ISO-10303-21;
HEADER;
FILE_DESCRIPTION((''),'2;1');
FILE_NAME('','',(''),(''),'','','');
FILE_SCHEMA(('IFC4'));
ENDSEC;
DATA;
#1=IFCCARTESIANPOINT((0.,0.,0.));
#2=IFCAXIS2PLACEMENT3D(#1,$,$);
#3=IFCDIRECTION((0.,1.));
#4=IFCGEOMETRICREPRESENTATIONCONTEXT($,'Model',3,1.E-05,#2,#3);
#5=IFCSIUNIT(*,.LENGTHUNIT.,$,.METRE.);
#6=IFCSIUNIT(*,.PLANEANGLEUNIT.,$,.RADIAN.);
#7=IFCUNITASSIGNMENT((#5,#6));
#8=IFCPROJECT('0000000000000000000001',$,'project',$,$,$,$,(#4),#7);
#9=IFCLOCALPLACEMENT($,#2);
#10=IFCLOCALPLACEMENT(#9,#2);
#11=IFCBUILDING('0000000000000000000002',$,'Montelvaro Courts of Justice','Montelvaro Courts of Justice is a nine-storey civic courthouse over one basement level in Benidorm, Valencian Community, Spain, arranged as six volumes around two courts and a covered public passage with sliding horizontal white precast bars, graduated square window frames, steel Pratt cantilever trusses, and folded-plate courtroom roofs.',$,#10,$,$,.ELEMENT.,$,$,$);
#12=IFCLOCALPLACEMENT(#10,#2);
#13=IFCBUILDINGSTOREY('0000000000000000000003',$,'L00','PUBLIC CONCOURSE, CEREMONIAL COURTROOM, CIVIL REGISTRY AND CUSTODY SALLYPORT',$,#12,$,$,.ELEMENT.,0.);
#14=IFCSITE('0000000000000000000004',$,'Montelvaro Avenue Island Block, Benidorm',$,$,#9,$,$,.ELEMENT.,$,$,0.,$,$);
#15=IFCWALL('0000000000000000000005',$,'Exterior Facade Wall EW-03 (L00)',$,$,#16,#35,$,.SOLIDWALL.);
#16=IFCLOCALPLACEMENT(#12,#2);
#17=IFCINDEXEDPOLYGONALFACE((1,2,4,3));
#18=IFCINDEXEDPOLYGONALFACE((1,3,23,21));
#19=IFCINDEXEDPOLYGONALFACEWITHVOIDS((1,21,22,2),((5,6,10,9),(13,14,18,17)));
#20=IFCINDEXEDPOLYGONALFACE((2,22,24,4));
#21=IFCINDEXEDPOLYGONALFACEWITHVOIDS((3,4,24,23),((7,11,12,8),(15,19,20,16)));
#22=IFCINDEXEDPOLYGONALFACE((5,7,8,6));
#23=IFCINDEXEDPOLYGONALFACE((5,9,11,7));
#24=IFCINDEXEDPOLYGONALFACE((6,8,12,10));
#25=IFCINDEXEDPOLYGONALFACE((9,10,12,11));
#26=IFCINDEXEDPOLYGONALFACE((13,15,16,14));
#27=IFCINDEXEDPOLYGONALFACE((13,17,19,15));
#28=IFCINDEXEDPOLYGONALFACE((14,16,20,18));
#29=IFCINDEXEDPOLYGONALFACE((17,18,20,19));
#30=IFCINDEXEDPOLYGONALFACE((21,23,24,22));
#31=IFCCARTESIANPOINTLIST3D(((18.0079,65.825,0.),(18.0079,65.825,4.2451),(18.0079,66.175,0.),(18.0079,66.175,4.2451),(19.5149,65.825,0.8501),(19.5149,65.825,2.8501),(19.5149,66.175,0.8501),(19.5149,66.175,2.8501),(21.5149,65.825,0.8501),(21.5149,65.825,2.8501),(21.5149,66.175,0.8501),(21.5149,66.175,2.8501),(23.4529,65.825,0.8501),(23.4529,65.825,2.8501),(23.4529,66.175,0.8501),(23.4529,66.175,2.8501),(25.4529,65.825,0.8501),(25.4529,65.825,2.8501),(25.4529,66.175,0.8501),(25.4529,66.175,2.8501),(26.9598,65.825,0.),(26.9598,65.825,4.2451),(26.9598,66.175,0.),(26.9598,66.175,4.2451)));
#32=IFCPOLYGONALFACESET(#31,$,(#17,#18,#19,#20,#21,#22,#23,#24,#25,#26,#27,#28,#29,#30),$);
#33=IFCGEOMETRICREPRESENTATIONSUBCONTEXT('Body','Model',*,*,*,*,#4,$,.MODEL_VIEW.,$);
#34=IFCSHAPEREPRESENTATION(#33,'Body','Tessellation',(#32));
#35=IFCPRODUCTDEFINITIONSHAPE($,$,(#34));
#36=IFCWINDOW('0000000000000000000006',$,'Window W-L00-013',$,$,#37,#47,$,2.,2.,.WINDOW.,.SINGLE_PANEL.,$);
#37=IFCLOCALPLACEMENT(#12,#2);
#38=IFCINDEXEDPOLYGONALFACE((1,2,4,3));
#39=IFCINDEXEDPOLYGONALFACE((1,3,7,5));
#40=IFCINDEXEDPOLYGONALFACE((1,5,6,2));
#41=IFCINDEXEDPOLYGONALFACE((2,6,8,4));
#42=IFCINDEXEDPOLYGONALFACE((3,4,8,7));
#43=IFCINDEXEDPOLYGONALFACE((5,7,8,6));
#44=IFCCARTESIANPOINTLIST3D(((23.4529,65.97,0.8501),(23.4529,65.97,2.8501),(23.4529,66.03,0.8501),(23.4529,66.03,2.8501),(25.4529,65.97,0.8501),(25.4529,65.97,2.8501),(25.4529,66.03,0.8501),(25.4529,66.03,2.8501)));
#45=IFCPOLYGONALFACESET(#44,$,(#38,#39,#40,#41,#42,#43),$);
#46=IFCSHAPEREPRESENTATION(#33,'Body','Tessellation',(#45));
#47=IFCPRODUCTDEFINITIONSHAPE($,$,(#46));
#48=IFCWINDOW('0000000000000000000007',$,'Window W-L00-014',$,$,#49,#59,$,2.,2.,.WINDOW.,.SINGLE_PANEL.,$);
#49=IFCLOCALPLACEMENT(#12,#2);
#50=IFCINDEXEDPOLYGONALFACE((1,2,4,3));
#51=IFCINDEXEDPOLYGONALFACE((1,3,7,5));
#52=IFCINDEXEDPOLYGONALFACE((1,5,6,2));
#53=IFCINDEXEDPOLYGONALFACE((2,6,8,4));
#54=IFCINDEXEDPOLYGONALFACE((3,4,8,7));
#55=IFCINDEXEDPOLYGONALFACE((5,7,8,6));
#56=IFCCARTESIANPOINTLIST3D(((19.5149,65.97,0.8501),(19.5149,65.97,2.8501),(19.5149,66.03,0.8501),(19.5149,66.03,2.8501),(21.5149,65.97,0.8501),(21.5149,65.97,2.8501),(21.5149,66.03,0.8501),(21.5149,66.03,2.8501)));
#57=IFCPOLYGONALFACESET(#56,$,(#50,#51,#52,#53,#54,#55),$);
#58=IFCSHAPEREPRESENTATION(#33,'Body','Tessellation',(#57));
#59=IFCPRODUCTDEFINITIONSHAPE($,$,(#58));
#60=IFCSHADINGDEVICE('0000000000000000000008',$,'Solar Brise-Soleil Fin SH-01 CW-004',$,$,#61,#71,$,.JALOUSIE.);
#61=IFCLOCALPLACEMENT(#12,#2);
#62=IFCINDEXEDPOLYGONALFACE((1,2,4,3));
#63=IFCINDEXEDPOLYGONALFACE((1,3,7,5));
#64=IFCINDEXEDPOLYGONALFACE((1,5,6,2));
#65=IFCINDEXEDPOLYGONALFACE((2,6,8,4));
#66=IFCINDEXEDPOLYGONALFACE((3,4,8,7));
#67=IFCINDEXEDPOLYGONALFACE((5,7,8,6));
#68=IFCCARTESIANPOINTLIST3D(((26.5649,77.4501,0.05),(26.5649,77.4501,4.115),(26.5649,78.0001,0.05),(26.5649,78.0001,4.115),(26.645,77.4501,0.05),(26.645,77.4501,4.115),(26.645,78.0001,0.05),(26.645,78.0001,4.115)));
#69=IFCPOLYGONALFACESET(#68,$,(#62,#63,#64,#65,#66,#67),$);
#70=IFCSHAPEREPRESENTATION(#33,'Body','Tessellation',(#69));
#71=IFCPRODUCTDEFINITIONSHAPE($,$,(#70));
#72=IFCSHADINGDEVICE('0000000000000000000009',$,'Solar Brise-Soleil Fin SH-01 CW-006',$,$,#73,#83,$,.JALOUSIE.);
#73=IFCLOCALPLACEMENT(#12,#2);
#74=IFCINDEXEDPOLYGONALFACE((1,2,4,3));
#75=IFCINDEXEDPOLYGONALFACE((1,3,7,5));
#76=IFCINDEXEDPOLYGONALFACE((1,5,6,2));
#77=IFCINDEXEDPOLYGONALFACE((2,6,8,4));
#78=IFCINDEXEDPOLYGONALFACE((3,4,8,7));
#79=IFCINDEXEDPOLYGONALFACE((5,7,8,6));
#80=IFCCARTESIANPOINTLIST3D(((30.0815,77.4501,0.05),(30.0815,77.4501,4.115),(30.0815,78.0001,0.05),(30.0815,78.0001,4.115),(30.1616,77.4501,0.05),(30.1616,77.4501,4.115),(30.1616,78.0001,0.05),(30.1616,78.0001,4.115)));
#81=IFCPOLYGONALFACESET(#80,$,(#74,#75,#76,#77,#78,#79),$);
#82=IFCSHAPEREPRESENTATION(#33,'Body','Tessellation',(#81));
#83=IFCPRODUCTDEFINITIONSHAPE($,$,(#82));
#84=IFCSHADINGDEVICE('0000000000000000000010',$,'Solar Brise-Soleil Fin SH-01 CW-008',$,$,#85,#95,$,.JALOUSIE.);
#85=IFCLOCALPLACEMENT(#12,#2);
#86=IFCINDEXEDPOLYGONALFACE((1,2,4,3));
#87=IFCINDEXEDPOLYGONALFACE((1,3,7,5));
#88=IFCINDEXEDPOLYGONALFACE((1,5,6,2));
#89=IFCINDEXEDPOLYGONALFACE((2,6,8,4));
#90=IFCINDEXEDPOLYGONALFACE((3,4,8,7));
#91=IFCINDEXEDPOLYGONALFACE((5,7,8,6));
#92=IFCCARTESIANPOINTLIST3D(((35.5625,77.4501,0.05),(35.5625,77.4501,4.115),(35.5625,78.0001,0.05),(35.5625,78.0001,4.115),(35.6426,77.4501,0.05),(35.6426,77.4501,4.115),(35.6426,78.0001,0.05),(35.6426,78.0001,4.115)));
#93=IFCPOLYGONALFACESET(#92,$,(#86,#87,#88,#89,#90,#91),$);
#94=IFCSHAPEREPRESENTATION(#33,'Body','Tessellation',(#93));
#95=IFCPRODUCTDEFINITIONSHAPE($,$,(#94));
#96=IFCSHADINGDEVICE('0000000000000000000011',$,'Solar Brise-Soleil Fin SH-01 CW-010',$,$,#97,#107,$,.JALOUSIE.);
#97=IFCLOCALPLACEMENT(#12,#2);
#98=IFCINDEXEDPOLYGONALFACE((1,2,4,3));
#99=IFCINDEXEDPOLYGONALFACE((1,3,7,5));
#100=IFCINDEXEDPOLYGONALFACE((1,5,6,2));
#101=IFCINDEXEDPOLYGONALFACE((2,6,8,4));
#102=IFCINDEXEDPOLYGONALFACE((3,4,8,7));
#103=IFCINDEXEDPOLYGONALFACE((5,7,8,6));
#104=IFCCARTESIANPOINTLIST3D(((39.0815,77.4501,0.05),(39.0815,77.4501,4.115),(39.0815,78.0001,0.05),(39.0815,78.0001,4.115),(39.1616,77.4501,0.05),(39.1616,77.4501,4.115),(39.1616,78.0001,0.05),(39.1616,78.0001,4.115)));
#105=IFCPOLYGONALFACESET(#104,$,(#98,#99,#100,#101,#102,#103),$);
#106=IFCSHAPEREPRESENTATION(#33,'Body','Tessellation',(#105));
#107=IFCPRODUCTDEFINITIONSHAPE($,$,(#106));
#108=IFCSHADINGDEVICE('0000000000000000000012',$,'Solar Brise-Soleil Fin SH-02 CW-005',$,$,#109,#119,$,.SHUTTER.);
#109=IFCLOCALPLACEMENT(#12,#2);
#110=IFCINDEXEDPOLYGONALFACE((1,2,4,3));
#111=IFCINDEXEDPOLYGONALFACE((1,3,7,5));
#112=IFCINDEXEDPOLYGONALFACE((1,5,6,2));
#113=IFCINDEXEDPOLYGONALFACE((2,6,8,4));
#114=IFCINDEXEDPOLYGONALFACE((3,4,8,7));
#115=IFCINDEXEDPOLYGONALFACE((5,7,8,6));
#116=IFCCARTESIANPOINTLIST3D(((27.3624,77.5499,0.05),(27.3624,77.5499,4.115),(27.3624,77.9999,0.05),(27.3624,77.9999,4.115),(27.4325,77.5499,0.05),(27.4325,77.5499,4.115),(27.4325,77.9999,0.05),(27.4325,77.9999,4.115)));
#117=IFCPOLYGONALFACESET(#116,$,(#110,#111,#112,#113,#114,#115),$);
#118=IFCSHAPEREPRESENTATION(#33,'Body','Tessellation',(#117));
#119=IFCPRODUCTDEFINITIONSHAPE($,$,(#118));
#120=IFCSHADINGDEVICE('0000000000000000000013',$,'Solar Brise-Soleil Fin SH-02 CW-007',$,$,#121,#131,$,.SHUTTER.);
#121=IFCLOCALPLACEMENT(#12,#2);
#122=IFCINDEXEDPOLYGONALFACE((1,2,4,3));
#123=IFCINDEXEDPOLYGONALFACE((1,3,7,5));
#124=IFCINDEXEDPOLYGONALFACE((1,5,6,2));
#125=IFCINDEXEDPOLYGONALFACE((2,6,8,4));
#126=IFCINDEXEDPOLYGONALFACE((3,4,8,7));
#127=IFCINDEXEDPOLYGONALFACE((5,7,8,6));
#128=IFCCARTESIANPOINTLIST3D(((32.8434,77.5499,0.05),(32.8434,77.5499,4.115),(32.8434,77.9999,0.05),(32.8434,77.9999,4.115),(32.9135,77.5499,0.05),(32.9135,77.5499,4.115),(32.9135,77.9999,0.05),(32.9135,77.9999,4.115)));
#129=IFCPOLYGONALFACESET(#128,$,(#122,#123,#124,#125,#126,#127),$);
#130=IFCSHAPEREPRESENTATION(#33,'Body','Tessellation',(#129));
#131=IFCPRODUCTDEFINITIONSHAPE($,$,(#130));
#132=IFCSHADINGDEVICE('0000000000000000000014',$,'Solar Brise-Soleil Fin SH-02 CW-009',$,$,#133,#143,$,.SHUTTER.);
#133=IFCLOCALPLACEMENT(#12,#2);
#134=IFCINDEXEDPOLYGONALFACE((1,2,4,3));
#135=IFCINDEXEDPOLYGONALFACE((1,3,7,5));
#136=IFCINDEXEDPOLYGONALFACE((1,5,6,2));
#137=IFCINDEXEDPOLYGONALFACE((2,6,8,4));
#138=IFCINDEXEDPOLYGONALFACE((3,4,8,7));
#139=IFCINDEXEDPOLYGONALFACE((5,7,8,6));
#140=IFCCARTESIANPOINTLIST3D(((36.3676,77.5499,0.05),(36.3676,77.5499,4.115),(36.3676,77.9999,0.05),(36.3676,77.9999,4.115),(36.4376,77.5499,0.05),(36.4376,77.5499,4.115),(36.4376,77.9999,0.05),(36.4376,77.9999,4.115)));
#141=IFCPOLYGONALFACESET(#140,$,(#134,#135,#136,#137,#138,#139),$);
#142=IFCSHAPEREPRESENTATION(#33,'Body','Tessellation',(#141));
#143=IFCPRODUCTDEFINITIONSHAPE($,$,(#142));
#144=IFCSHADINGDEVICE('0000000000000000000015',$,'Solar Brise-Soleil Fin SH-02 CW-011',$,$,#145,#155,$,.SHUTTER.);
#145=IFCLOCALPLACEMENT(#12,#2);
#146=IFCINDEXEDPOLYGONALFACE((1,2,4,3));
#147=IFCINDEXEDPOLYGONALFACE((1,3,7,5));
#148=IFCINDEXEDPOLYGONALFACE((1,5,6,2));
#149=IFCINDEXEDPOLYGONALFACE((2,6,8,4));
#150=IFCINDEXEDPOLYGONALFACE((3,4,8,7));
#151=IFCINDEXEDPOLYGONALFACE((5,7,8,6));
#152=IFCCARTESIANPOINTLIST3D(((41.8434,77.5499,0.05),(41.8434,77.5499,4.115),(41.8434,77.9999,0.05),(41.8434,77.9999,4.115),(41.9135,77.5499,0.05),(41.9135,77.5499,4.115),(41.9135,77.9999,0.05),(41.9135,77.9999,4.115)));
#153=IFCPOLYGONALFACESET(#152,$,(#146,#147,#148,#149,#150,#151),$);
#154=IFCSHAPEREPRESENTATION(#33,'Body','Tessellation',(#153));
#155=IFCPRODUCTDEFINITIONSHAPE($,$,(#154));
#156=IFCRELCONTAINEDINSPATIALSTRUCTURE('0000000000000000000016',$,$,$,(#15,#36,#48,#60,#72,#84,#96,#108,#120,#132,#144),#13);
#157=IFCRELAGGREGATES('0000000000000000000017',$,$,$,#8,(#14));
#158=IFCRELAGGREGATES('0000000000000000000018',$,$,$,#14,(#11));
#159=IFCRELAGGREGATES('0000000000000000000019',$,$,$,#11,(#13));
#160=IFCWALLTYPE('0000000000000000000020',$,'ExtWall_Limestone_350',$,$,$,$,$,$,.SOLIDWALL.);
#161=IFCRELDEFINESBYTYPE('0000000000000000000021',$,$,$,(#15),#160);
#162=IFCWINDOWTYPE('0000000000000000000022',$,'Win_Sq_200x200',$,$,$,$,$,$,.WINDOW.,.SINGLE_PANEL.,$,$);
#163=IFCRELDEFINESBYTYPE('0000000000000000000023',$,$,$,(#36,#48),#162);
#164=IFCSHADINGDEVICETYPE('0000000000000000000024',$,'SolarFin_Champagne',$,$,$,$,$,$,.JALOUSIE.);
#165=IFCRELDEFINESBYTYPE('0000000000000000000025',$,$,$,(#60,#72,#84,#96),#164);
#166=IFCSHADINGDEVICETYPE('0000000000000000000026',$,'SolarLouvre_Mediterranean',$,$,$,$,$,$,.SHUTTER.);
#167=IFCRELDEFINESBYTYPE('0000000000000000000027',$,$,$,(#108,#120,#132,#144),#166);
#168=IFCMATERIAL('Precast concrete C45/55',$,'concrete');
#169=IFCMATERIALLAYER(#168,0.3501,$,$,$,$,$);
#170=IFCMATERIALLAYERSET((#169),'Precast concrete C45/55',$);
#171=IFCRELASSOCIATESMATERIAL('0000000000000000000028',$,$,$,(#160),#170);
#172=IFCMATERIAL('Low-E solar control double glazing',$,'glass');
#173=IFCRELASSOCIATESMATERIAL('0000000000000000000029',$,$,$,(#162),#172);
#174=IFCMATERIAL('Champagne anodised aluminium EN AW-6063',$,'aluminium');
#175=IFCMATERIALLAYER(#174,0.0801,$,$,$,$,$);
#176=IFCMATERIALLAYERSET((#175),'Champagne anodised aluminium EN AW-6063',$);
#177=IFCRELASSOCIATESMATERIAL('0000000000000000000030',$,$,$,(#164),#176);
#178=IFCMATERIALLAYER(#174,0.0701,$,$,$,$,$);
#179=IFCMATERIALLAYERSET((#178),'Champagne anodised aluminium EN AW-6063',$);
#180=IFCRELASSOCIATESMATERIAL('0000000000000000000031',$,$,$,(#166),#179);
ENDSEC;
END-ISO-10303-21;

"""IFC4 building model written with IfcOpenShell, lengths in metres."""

from ifc_helpers import new_model, si_unit, direction, frame, frame_2d, origin, origin_2d, place, context, subcontext, project, spatial, rectangle, extrude, material, layer, layer_set, type_object, element, fill, save


model = new_model("IFC4")

# Units and contexts
model_context = context("Model", 3, precision=1e-05, world=origin(), true_north=direction((0.0, 1.0)))
body_context = subcontext(model_context, "Body", "Model", "MODEL_VIEW")
ifc_project = project(units=[si_unit("LENGTHUNIT", "METRE"), si_unit("PLANEANGLEUNIT", "RADIAN")], contexts=[model_context])

# Site, building, storey
site_placement = place(None, origin())
site = spatial("IfcSite", under=ifc_project, at=site_placement, Name="Montelvaro Avenue Island Block, Benidorm", CompositionType="ELEMENT", RefElevation=0.0)
building_placement = place(site_placement, origin())
building = spatial("IfcBuilding", under=site, at=building_placement, Name="Montelvaro Courts of Justice", Description="Montelvaro Courts of Justice is a nine-storey civic courthouse over one basement level in Benidorm, Valencian Community, Spain, arranged as six volumes around two courts and a covered public passage with sliding horizontal white precast bars, graduated square window frames, steel Pratt cantilever trusses, and folded-plate courtroom roofs.", CompositionType="ELEMENT")
storey_placement = place(building_placement, origin())
storey = spatial("IfcBuildingStorey", under=building, at=storey_placement, Name="L00", Description="PUBLIC CONCOURSE, CEREMONIAL COURTROOM, CIVIL REGISTRY AND CUSTODY SALLYPORT", CompositionType="ELEMENT", Elevation=0.0)

# Shared definitions
ifc_material_1 = material(Name="Low-E solar control double glazing", Category="glass")

# Wall, openings, windows
ifc_material_2 = material(Name="Precast concrete C45/55", Category="concrete")
ifc_layer_1 = layer(ifc_material_2, 0.3501)
ifc_layer_set_1 = layer_set([ifc_layer_1], Name="Precast concrete C45/55")
wall_type_1 = type_object("IfcWallType", Name="ExtWall_Limestone_350", PredefinedType="SOLIDWALL", material=ifc_layer_set_1)
wall_1_placement = place(storey_placement, frame((26.96, 66.0, 0.0), z_axis=(0.0, 0.0, 1.0), x_axis=(-1.0, 0.0, 0.0)))
wall_1 = element("IfcWall", 1, at=wall_1_placement, inside=storey, type_object=wall_type_1, Name="Exterior Facade Wall EW-03 (L00)", PredefinedType="SOLIDWALL", context=body_context, shape_type="SweptSolid", body=[
    extrude(rectangle(XDim=8.9519, YDim=0.3501, at=frame_2d((4.4761, 0.0))), origin(), (0.0, 0.0, 1.0), 4.2451),
])
opening_1_placement = place(wall_1_placement, frame((1.5071, 0.0, 0.8501)))
opening_1 = element("IfcOpeningElement", 2, at=opening_1_placement, cuts=wall_1, PredefinedType="OPENING", context=body_context, shape_type="SweptSolid", body=[
    extrude(rectangle(XDim=2.0, YDim=2.0, at=frame_2d((1.0, 1.0))), frame((0.0, 0.1899, 0.0), z_axis=(0.0, -1.0, 0.0), x_axis=(1.0, 0.0, 0.0)), (0.0, 0.0, 1.0), 0.3799),
])
opening_2_placement = place(wall_1_placement, frame((5.4451, 0.0, 0.8501)))
opening_2 = element("IfcOpeningElement", 3, at=opening_2_placement, cuts=wall_1, PredefinedType="OPENING", context=body_context, shape_type="SweptSolid", body=[
    extrude(rectangle(XDim=2.0, YDim=2.0, at=frame_2d((1.0, 1.0))), frame((0.0, 0.1899, 0.0), z_axis=(0.0, -1.0, 0.0), x_axis=(1.0, 0.0, 0.0)), (0.0, 0.0, 1.0), 0.3799),
])
window_type = type_object("IfcWindowType", Name="Win_Sq_200x200", PartitioningType="SINGLE_PANEL", PredefinedType="WINDOW", material=ifc_material_1)
window_1_placement = place(opening_1_placement, origin())
window_1 = element("IfcWindow", 4, at=window_1_placement, inside=storey, type_object=window_type, Name="Window W-L00-013", OverallHeight=2.0, OverallWidth=2.0, PartitioningType="SINGLE_PANEL", PredefinedType="WINDOW", context=body_context, shape_type="SweptSolid", body=[
    extrude(rectangle(XDim=2.0, YDim=2.0, at=frame_2d((1.0, 1.0))), frame((0.0, 0.03, 0.0), z_axis=(0.0, -1.0, 0.0), x_axis=(1.0, 0.0, 0.0)), (0.0, 0.0, 1.0), 0.0601),
])
fill(opening_1, window_1)
window_2_placement = place(opening_2_placement, origin())
window_2 = element("IfcWindow", 5, at=window_2_placement, inside=storey, type_object=window_type, Name="Window W-L00-014", OverallHeight=2.0, OverallWidth=2.0, PartitioningType="SINGLE_PANEL", PredefinedType="WINDOW", context=body_context, shape_type="SweptSolid", body=[
    extrude(rectangle(XDim=2.0, YDim=2.0, at=frame_2d((1.0, 1.0))), frame((0.0, 0.03, 0.0), z_axis=(0.0, -1.0, 0.0), x_axis=(1.0, 0.0, 0.0)), (0.0, 0.0, 1.0), 0.0601),
])
fill(opening_2, window_2)

# Shading devices
ifc_material_3 = material(Name="Champagne anodised aluminium EN AW-6063", Category="aluminium")
ifc_layer_2 = layer(ifc_material_3, 0.0801)
ifc_layer_set_2 = layer_set([ifc_layer_2], Name="Champagne anodised aluminium EN AW-6063")
shading_device_type_1 = type_object("IfcShadingDeviceType", Name="SolarFin_Champagne", PredefinedType="JALOUSIE", material=ifc_layer_set_2)
for number, where, z_axis, x_axis, name in (
    (6, (26.605, 77.7251, 0.05), (0.0, 0.0, 1.0), (1.0, 0.0, 0.0), "Solar Brise-Soleil Fin SH-01 CW-004"),
    (7, (30.1216, 77.7251, 0.05), (0.0, 0.0, 1.0), (1.0, 0.0, 0.0), "Solar Brise-Soleil Fin SH-01 CW-006"),
    (8, (35.6025, 77.7251, 0.05), (0.0, 0.0, 1.0), (1.0, 0.0, 0.0), "Solar Brise-Soleil Fin SH-01 CW-008"),
    (9, (39.1216, 77.7251, 0.05), (0.0, 0.0, 1.0), (1.0, 0.0, 0.0), "Solar Brise-Soleil Fin SH-01 CW-010"),
):
    element("IfcShadingDevice", number, at=place(storey_placement, frame(where, z_axis=z_axis, x_axis=x_axis)), inside=storey, type_object=shading_device_type_1, Name=name, PredefinedType="JALOUSIE", context=body_context, shape_type="SweptSolid", body=[
        extrude(rectangle(XDim=0.0801, YDim=0.55, at=origin_2d()), origin(), (0.0, 0.0, 1.0), 4.0649),
    ])
ifc_layer_3 = layer(ifc_material_3, 0.0701)
ifc_layer_set_3 = layer_set([ifc_layer_3], Name="Champagne anodised aluminium EN AW-6063")
shading_device_type_2 = type_object("IfcShadingDeviceType", Name="SolarLouvre_Mediterranean", PredefinedType="SHUTTER", material=ifc_layer_set_3)
for number, where, z_axis, x_axis, name in (
    (10, (27.3975, 77.7749, 0.05), (0.0, 0.0, 1.0), (1.0, 0.0, 0.0), "Solar Brise-Soleil Fin SH-02 CW-005"),
    (11, (32.8784, 77.7749, 0.05), (0.0, 0.0, 1.0), (1.0, 0.0, 0.0), "Solar Brise-Soleil Fin SH-02 CW-007"),
    (12, (36.4026, 77.7749, 0.05), (0.0, 0.0, 1.0), (1.0, 0.0, 0.0), "Solar Brise-Soleil Fin SH-02 CW-009"),
    (13, (41.8784, 77.7749, 0.05), (0.0, 0.0, 1.0), (1.0, 0.0, 0.0), "Solar Brise-Soleil Fin SH-02 CW-011"),
):
    element("IfcShadingDevice", number, at=place(storey_placement, frame(where, z_axis=z_axis, x_axis=x_axis)), inside=storey, type_object=shading_device_type_2, Name=name, PredefinedType="SHUTTER", context=body_context, shape_type="SweptSolid", body=[
        extrude(rectangle(XDim=0.0701, YDim=0.45, at=origin_2d()), origin(), (0.0, 0.0, 1.0), 4.0649),
    ])

save(model, "model.ifc")
